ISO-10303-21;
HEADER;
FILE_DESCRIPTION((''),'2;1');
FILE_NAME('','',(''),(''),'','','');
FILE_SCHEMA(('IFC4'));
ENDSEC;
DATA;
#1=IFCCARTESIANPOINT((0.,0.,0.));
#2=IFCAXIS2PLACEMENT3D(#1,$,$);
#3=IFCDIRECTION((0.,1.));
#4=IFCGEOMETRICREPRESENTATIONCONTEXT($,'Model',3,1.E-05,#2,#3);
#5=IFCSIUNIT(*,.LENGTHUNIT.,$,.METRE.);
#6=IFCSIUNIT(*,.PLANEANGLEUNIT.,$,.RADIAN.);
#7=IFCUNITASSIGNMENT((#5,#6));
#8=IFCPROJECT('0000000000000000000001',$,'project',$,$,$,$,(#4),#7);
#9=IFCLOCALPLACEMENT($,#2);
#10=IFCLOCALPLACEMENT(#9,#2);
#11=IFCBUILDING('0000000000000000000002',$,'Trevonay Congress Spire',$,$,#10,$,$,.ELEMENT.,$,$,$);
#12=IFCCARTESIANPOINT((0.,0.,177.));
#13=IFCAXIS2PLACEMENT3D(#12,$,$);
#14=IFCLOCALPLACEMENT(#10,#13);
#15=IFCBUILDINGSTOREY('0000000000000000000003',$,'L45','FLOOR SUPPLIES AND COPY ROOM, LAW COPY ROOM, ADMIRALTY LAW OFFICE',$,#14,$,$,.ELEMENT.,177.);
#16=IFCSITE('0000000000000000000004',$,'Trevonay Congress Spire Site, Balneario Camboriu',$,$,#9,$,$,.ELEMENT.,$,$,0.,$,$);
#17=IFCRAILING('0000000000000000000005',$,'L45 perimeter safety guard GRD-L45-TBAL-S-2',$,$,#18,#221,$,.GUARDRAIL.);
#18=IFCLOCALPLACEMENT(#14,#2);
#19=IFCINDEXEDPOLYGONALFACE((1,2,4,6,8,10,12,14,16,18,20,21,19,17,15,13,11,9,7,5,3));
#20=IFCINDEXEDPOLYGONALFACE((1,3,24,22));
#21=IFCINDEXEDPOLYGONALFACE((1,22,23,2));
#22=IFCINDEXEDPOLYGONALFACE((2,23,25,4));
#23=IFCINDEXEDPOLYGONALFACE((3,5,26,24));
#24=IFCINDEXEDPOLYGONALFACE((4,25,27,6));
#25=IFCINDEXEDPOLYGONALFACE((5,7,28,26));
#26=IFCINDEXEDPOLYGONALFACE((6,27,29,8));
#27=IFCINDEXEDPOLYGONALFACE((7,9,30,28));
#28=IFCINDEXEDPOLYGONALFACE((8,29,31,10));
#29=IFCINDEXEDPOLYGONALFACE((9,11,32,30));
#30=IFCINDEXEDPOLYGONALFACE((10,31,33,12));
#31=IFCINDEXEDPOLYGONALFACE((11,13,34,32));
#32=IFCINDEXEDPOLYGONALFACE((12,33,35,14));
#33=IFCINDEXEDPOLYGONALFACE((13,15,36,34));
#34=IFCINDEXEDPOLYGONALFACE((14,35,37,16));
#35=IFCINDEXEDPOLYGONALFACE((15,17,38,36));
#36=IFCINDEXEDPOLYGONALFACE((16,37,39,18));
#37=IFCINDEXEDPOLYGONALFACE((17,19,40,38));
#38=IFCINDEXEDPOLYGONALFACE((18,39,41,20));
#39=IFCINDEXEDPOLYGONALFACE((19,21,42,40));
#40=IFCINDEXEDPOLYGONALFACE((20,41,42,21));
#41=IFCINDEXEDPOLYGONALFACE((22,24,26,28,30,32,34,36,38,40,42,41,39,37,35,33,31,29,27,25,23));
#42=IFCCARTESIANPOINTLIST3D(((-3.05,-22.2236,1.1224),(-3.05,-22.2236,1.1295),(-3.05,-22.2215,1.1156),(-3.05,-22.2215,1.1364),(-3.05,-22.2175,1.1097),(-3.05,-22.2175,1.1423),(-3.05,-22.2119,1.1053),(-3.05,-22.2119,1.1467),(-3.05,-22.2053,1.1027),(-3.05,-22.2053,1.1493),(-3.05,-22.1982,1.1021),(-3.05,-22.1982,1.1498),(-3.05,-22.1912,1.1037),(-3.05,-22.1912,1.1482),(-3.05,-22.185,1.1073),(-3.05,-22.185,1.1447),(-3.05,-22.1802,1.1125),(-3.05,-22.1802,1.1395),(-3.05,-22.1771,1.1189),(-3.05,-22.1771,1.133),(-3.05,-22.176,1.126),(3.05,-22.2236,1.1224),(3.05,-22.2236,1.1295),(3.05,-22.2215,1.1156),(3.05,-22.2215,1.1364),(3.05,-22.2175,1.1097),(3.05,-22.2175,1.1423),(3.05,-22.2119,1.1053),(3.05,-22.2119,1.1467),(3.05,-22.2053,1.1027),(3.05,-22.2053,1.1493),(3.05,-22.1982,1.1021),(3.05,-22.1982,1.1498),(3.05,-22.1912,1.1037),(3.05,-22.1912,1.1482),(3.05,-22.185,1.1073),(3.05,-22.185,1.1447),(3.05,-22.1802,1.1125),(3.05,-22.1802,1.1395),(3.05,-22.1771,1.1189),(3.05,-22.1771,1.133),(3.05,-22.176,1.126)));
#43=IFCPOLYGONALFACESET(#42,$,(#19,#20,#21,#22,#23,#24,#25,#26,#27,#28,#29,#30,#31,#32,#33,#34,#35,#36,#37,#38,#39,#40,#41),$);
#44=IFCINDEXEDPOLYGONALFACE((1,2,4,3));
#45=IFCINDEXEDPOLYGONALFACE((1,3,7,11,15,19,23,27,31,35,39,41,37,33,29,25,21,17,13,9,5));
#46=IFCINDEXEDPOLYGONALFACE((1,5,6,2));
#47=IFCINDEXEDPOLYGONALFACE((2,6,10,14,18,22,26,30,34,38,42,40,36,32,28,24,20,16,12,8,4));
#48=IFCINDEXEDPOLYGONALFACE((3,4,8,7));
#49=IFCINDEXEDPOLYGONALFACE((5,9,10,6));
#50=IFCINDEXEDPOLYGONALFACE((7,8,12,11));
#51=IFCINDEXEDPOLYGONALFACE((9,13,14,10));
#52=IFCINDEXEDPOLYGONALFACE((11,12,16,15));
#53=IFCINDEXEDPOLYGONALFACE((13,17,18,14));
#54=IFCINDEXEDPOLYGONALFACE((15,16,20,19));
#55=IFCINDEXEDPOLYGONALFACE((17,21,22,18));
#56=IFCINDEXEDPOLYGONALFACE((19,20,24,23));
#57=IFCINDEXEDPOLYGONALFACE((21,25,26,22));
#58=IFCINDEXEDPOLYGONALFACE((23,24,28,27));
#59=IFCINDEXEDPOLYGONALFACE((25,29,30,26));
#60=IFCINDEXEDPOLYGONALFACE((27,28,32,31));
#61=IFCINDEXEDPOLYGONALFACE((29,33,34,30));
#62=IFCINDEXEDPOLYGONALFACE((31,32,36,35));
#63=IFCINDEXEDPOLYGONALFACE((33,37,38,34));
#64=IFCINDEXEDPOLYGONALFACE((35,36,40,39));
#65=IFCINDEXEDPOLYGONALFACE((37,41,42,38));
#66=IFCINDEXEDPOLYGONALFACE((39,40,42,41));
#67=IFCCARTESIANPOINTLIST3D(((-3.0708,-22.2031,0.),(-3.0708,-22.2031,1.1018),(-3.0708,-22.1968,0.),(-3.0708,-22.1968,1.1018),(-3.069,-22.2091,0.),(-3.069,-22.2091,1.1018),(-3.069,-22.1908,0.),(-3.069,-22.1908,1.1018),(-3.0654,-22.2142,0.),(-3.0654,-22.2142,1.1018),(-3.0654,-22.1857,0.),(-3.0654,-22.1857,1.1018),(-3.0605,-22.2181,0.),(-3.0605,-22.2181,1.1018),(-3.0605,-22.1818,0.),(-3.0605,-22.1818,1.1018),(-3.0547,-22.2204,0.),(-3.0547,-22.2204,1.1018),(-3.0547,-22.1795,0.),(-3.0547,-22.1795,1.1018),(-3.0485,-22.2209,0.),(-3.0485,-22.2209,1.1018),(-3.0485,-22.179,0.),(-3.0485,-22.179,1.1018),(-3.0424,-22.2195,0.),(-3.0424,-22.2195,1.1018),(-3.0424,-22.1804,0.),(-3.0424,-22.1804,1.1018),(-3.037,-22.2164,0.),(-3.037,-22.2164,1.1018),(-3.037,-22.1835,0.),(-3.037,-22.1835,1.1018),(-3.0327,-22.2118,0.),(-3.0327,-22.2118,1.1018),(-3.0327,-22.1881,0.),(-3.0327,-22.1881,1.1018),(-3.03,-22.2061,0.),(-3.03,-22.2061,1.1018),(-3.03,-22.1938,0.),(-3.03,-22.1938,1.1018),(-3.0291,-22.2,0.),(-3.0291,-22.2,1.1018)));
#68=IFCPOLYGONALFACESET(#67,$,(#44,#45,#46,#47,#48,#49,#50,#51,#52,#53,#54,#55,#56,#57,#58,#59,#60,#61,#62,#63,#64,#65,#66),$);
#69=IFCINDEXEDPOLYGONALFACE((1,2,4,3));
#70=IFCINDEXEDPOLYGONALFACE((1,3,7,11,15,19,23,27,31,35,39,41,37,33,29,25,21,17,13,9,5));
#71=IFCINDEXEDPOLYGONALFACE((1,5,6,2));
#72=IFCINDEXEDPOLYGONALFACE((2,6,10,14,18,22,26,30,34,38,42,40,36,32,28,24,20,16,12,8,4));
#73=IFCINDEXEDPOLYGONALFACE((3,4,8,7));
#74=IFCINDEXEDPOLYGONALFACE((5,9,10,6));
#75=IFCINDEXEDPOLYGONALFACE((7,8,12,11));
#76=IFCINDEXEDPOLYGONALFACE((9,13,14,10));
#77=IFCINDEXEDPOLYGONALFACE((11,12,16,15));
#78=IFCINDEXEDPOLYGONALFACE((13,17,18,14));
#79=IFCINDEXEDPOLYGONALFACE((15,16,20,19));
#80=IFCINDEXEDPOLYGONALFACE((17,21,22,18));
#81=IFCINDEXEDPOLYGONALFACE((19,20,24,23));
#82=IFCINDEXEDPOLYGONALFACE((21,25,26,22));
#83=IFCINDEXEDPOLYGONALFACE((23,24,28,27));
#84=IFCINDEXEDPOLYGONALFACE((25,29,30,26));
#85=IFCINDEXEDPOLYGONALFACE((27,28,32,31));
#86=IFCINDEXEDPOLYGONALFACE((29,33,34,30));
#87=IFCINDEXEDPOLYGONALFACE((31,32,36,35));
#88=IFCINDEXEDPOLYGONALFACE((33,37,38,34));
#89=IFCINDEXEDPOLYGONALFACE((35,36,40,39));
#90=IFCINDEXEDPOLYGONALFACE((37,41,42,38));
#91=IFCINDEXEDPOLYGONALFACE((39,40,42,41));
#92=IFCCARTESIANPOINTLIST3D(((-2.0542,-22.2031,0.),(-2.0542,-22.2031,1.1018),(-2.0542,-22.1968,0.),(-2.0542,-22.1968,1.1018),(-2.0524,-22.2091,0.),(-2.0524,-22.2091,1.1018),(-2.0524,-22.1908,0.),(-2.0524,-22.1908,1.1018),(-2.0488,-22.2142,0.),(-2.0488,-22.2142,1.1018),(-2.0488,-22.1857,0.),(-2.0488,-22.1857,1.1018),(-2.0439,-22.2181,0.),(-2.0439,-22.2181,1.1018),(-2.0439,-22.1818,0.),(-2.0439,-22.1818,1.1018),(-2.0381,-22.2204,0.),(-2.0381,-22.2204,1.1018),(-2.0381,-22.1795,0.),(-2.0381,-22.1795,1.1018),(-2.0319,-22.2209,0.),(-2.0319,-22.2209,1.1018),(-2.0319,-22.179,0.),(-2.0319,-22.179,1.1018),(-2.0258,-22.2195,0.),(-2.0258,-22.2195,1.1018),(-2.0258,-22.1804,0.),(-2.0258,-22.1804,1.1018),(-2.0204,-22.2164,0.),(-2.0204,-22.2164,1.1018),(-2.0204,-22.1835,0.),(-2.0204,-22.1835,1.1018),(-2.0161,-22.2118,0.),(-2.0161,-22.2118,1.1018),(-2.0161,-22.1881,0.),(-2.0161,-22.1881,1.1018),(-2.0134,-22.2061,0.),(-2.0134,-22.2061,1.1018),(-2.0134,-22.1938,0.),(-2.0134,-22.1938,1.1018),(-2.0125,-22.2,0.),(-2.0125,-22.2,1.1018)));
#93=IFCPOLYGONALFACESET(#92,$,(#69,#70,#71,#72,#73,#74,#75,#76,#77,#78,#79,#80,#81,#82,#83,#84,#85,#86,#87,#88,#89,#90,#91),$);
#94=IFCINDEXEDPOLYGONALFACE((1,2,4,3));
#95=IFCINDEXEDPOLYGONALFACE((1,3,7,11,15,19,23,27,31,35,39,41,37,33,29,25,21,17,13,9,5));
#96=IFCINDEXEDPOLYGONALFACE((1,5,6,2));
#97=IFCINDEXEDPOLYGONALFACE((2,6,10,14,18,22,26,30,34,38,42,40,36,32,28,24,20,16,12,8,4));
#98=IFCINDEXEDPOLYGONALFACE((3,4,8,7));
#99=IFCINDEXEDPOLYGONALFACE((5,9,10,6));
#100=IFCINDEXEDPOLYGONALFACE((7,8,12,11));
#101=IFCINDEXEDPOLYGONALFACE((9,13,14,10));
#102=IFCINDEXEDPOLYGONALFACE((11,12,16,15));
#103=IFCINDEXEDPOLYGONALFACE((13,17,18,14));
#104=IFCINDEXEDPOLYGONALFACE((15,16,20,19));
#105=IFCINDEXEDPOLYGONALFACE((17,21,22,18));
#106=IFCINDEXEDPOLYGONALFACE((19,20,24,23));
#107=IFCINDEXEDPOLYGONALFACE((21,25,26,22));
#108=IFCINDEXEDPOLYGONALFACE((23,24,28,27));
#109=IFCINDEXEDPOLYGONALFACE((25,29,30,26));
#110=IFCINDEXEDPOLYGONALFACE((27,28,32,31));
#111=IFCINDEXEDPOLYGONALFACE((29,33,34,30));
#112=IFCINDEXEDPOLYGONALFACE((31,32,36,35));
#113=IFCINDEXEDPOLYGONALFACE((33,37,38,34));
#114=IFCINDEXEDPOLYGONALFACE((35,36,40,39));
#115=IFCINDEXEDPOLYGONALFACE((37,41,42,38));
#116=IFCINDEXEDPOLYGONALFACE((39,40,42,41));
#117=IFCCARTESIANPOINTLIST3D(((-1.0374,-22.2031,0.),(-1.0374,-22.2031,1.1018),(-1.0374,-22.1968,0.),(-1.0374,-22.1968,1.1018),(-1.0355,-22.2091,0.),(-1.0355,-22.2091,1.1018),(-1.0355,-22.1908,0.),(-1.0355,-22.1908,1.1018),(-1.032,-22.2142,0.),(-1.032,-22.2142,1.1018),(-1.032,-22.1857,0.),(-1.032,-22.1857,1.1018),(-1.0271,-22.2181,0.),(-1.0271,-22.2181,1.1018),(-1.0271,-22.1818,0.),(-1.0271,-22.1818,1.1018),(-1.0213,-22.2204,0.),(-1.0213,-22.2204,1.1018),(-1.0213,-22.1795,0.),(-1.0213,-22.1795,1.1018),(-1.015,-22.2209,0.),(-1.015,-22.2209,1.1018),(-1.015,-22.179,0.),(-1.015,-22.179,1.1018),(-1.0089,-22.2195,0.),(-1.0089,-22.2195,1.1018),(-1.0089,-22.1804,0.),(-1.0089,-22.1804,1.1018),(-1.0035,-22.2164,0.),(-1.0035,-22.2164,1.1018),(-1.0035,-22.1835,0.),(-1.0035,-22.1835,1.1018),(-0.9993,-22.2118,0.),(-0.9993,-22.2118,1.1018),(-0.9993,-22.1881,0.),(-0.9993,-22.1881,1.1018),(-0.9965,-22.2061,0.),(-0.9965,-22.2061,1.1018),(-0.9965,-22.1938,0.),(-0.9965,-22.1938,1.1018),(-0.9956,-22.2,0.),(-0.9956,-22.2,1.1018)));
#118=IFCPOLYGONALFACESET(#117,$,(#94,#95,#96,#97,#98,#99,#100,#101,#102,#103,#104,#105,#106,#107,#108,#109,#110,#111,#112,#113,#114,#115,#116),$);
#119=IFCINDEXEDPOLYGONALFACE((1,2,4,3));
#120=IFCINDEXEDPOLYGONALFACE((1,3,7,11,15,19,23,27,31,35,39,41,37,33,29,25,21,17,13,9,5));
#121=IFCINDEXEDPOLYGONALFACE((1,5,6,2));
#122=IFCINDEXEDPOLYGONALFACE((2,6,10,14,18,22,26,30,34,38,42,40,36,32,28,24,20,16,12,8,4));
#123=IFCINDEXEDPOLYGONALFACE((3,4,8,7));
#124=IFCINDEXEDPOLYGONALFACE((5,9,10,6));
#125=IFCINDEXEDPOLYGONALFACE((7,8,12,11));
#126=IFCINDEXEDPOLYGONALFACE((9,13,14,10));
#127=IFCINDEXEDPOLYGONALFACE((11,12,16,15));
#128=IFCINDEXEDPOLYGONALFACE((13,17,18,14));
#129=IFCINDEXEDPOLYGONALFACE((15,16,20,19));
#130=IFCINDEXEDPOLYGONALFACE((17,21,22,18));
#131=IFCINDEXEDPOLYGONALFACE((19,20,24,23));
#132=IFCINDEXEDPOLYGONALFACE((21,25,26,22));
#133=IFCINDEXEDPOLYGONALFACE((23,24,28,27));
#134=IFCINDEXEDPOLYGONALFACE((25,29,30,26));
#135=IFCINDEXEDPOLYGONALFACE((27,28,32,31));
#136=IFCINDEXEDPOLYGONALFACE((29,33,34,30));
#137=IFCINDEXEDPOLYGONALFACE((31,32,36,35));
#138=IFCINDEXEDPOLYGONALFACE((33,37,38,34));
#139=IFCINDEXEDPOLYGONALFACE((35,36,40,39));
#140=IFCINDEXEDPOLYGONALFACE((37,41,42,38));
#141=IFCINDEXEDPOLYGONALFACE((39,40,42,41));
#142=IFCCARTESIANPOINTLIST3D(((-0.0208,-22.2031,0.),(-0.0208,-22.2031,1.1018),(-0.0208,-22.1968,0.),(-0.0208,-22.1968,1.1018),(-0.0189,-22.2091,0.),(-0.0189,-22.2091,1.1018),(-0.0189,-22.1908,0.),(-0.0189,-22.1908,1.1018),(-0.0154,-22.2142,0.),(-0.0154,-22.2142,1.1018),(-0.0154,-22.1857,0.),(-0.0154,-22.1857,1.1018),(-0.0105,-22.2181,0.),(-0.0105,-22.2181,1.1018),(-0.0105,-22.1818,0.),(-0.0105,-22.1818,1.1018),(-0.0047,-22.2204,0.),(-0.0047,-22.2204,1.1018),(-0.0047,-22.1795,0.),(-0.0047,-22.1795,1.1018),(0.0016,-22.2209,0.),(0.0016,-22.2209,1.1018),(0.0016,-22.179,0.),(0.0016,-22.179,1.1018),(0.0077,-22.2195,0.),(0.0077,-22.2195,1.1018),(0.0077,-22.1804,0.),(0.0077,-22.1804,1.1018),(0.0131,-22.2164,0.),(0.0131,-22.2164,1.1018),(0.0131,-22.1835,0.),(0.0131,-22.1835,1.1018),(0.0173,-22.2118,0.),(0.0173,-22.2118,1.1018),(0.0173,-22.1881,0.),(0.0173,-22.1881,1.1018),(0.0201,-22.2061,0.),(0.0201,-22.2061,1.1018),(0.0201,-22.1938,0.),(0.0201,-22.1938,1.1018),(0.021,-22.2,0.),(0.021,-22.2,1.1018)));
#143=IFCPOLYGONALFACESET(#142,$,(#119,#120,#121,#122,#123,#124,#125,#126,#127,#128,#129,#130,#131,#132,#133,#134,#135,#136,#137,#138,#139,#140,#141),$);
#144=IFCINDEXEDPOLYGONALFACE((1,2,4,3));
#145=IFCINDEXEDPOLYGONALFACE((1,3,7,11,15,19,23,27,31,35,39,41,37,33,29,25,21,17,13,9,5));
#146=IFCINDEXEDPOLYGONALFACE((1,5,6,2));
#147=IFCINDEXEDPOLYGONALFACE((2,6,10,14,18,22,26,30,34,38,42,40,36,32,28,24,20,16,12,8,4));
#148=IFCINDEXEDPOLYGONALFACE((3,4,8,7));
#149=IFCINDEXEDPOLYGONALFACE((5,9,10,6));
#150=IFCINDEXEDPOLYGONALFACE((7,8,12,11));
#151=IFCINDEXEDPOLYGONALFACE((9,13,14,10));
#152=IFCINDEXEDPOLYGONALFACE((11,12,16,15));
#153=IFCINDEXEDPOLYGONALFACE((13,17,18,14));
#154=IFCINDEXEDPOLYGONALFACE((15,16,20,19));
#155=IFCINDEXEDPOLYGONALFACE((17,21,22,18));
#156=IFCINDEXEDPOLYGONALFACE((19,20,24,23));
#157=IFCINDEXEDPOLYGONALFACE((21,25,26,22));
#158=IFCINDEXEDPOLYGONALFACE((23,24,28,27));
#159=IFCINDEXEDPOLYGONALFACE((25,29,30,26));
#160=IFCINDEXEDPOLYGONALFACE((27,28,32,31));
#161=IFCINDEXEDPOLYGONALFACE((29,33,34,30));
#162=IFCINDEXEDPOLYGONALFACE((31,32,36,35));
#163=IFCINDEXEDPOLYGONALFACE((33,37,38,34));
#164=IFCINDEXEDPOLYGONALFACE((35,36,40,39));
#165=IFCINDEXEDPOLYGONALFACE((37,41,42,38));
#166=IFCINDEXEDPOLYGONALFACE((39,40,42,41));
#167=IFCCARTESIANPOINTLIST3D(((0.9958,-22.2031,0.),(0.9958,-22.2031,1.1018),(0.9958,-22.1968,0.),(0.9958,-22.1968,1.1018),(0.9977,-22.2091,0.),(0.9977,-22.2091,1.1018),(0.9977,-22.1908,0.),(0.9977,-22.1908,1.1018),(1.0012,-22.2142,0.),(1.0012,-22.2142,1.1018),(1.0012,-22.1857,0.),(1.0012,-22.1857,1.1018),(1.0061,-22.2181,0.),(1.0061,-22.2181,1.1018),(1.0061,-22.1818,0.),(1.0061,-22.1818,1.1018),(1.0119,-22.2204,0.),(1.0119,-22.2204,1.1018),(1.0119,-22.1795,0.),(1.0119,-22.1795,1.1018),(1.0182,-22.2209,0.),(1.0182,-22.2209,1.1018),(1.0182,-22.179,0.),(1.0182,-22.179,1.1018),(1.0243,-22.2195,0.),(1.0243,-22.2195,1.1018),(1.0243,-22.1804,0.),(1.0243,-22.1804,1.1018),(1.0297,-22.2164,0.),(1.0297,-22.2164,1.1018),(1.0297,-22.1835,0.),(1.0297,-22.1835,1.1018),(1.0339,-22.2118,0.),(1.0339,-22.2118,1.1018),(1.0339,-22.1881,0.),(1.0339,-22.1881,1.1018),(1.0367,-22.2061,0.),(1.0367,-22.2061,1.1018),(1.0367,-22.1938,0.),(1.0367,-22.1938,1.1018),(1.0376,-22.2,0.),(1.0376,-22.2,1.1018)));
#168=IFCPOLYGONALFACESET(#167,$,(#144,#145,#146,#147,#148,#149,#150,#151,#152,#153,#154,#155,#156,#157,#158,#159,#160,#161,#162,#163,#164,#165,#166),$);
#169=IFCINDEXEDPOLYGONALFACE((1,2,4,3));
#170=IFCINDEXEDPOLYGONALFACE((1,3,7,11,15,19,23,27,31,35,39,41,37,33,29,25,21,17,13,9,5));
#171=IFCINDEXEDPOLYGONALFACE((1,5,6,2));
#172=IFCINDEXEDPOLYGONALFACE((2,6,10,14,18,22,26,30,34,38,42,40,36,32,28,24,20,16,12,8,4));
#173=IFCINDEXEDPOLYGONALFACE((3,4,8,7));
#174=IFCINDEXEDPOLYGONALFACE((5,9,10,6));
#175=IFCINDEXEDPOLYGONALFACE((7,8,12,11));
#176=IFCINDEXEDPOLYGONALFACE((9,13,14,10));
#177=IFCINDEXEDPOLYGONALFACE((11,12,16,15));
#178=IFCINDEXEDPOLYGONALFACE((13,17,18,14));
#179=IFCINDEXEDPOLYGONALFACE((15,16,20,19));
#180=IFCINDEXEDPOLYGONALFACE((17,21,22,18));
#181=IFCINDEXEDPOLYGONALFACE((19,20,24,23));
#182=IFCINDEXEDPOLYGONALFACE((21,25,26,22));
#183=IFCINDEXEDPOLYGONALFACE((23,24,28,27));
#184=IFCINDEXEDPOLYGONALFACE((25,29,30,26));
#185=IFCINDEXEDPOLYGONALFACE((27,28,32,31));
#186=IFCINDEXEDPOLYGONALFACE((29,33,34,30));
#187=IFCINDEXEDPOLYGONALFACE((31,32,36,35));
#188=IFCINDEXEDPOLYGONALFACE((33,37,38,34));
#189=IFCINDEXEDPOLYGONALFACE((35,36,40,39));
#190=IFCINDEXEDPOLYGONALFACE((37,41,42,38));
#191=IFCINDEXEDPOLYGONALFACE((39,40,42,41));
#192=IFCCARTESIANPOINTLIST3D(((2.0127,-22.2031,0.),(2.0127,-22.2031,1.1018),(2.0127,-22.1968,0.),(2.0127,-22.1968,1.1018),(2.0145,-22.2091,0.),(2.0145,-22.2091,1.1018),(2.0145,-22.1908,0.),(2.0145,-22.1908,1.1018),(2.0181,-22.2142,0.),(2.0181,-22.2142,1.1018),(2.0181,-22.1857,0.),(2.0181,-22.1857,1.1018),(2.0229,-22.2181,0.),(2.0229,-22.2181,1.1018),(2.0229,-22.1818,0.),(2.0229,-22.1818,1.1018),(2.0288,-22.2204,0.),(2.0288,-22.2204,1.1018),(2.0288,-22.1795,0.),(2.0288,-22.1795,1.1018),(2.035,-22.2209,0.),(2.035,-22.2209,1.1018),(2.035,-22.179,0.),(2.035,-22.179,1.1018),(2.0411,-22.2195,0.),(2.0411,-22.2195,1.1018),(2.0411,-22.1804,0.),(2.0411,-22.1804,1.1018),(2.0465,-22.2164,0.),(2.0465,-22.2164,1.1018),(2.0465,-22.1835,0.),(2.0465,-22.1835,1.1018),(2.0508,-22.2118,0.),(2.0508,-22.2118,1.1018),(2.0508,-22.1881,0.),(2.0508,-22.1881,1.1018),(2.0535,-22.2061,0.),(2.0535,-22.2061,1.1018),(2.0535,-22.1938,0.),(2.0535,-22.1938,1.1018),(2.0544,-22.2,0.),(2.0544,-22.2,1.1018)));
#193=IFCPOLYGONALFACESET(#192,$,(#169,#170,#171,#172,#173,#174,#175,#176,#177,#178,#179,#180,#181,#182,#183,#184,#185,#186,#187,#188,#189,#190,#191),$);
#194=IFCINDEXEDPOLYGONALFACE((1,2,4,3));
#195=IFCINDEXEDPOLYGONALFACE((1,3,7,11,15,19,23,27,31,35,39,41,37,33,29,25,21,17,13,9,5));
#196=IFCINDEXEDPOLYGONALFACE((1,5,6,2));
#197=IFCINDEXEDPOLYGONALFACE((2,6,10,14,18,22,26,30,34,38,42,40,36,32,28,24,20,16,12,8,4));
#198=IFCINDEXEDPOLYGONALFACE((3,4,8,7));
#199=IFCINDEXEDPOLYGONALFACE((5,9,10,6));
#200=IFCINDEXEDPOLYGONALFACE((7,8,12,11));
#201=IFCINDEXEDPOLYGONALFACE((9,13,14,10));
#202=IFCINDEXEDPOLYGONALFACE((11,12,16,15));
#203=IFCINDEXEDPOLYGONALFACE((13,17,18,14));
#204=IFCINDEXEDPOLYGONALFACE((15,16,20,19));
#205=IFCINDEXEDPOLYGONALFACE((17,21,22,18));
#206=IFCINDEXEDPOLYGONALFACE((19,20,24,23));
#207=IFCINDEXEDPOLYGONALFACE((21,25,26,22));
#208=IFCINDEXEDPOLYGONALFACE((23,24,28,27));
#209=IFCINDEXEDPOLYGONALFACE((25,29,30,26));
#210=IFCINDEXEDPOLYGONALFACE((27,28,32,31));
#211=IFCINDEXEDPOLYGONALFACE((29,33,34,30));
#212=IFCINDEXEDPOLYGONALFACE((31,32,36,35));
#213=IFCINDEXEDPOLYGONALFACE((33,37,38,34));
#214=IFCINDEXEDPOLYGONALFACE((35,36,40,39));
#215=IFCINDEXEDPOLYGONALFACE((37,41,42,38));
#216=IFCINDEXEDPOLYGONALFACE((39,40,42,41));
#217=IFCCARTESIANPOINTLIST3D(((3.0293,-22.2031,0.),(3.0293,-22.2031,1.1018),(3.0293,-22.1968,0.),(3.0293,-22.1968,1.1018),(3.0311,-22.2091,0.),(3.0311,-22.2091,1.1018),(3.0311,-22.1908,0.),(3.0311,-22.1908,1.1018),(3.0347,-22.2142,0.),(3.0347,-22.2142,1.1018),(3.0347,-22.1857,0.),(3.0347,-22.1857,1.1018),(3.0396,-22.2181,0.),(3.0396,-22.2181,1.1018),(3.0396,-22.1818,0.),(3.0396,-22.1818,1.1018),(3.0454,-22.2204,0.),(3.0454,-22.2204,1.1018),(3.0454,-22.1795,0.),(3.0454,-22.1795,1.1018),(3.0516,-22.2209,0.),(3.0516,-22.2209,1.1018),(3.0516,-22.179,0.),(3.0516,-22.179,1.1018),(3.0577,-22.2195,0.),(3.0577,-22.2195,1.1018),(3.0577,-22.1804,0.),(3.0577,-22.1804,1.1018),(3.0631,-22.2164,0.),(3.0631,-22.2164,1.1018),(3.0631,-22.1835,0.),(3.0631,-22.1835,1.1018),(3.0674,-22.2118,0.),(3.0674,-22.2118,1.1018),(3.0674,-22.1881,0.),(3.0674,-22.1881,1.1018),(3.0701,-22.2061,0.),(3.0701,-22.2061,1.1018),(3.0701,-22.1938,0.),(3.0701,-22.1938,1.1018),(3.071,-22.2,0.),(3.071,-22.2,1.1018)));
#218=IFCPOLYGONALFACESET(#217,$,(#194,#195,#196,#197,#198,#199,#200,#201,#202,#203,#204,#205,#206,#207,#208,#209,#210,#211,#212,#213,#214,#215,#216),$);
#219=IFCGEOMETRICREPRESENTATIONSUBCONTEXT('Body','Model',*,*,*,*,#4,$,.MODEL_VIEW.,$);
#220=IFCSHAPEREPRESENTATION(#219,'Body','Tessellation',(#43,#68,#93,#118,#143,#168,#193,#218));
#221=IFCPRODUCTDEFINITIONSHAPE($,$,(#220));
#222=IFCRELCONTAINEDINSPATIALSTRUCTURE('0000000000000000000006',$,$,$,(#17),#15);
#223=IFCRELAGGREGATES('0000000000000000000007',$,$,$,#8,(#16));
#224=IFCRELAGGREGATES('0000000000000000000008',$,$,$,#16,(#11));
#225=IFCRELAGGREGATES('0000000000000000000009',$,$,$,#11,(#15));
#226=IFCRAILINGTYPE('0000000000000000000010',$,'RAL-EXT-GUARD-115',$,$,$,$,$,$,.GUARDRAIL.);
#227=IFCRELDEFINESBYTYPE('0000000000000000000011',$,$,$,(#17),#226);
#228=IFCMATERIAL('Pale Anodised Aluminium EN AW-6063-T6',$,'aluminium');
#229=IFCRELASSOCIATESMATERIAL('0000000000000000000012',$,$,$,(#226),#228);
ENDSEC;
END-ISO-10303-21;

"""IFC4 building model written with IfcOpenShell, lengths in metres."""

from ifc_helpers import new_model, si_unit, direction, frame, origin, origin_2d, place, context, subcontext, project, spatial, circle, extrude, material, type_object, element, save


model = new_model("IFC4")

# Units and contexts
model_context = context("Model", 3, precision=1e-05, world=origin(), true_north=direction((0.0, 1.0)))
body_context = subcontext(model_context, "Body", "Model", "MODEL_VIEW")
ifc_project = project(units=[si_unit("LENGTHUNIT", "METRE"), si_unit("PLANEANGLEUNIT", "RADIAN")], contexts=[model_context])

# Site, building, storey
site_placement = place(None, origin())
site = spatial("IfcSite", under=ifc_project, at=site_placement, Name="Trevonay Congress Spire Site, Balneario Camboriu", CompositionType="ELEMENT", RefElevation=0.0)
building_placement = place(site_placement, origin())
building = spatial("IfcBuilding", under=site, at=building_placement, Name="Trevonay Congress Spire", CompositionType="ELEMENT")
storey_placement = place(building_placement, frame((0.0, 0.0, 177.0)))
storey = spatial("IfcBuildingStorey", under=building, at=storey_placement, Name="L45", Description="FLOOR SUPPLIES AND COPY ROOM, LAW COPY ROOM, ADMIRALTY LAW OFFICE", CompositionType="ELEMENT", Elevation=177.0)

# Shared definitions
ifc_material_1 = material(Name="Pale Anodised Aluminium EN AW-6063-T6", Category="aluminium")

# Railing
railing_type = type_object("IfcRailingType", Name="RAL-EXT-GUARD-115", PredefinedType="GUARDRAIL", material=ifc_material_1)
railing_1_placement = place(storey_placement, frame((-3.05, -22.2, 0.0)))
element("IfcRailing", 1, at=railing_1_placement, inside=storey, type_object=railing_type, Name="L45 perimeter safety guard GRD-L45-TBAL-S-2", PredefinedType="GUARDRAIL", context=body_context, shape_type="SweptSolid", body=[
    extrude(circle(Radius=0.0239, at=origin_2d()), frame((0.0, 0.0, 1.126), z_axis=(1.0, 0.0, 0.0), x_axis=(0.0, 1.0, 0.0)), (0.0, 0.0, 1.0), 6.1001),
    extrude(circle(Radius=0.021, at=origin_2d()), origin(), (0.0, 0.0, 1.0), 1.1018),
    extrude(circle(Radius=0.021, at=origin_2d()), frame((1.0166, 0.0, 0.0)), (0.0, 0.0, 1.0), 1.1018),
    extrude(circle(Radius=0.021, at=origin_2d()), frame((2.0334, 0.0, 0.0)), (0.0, 0.0, 1.0), 1.1018),
    extrude(circle(Radius=0.021, at=origin_2d()), frame((3.05, 0.0, 0.0)), (0.0, 0.0, 1.0), 1.1018),
    extrude(circle(Radius=0.021, at=origin_2d()), frame((4.0667, 0.0, 0.0)), (0.0, 0.0, 1.0), 1.1018),
    extrude(circle(Radius=0.021, at=origin_2d()), frame((5.0835, 0.0, 0.0)), (0.0, 0.0, 1.0), 1.1018),
    extrude(circle(Radius=0.021, at=origin_2d()), frame((6.1001, 0.0, 0.0)), (0.0, 0.0, 1.0), 1.1018),
])

save(model, "model.ifc")
